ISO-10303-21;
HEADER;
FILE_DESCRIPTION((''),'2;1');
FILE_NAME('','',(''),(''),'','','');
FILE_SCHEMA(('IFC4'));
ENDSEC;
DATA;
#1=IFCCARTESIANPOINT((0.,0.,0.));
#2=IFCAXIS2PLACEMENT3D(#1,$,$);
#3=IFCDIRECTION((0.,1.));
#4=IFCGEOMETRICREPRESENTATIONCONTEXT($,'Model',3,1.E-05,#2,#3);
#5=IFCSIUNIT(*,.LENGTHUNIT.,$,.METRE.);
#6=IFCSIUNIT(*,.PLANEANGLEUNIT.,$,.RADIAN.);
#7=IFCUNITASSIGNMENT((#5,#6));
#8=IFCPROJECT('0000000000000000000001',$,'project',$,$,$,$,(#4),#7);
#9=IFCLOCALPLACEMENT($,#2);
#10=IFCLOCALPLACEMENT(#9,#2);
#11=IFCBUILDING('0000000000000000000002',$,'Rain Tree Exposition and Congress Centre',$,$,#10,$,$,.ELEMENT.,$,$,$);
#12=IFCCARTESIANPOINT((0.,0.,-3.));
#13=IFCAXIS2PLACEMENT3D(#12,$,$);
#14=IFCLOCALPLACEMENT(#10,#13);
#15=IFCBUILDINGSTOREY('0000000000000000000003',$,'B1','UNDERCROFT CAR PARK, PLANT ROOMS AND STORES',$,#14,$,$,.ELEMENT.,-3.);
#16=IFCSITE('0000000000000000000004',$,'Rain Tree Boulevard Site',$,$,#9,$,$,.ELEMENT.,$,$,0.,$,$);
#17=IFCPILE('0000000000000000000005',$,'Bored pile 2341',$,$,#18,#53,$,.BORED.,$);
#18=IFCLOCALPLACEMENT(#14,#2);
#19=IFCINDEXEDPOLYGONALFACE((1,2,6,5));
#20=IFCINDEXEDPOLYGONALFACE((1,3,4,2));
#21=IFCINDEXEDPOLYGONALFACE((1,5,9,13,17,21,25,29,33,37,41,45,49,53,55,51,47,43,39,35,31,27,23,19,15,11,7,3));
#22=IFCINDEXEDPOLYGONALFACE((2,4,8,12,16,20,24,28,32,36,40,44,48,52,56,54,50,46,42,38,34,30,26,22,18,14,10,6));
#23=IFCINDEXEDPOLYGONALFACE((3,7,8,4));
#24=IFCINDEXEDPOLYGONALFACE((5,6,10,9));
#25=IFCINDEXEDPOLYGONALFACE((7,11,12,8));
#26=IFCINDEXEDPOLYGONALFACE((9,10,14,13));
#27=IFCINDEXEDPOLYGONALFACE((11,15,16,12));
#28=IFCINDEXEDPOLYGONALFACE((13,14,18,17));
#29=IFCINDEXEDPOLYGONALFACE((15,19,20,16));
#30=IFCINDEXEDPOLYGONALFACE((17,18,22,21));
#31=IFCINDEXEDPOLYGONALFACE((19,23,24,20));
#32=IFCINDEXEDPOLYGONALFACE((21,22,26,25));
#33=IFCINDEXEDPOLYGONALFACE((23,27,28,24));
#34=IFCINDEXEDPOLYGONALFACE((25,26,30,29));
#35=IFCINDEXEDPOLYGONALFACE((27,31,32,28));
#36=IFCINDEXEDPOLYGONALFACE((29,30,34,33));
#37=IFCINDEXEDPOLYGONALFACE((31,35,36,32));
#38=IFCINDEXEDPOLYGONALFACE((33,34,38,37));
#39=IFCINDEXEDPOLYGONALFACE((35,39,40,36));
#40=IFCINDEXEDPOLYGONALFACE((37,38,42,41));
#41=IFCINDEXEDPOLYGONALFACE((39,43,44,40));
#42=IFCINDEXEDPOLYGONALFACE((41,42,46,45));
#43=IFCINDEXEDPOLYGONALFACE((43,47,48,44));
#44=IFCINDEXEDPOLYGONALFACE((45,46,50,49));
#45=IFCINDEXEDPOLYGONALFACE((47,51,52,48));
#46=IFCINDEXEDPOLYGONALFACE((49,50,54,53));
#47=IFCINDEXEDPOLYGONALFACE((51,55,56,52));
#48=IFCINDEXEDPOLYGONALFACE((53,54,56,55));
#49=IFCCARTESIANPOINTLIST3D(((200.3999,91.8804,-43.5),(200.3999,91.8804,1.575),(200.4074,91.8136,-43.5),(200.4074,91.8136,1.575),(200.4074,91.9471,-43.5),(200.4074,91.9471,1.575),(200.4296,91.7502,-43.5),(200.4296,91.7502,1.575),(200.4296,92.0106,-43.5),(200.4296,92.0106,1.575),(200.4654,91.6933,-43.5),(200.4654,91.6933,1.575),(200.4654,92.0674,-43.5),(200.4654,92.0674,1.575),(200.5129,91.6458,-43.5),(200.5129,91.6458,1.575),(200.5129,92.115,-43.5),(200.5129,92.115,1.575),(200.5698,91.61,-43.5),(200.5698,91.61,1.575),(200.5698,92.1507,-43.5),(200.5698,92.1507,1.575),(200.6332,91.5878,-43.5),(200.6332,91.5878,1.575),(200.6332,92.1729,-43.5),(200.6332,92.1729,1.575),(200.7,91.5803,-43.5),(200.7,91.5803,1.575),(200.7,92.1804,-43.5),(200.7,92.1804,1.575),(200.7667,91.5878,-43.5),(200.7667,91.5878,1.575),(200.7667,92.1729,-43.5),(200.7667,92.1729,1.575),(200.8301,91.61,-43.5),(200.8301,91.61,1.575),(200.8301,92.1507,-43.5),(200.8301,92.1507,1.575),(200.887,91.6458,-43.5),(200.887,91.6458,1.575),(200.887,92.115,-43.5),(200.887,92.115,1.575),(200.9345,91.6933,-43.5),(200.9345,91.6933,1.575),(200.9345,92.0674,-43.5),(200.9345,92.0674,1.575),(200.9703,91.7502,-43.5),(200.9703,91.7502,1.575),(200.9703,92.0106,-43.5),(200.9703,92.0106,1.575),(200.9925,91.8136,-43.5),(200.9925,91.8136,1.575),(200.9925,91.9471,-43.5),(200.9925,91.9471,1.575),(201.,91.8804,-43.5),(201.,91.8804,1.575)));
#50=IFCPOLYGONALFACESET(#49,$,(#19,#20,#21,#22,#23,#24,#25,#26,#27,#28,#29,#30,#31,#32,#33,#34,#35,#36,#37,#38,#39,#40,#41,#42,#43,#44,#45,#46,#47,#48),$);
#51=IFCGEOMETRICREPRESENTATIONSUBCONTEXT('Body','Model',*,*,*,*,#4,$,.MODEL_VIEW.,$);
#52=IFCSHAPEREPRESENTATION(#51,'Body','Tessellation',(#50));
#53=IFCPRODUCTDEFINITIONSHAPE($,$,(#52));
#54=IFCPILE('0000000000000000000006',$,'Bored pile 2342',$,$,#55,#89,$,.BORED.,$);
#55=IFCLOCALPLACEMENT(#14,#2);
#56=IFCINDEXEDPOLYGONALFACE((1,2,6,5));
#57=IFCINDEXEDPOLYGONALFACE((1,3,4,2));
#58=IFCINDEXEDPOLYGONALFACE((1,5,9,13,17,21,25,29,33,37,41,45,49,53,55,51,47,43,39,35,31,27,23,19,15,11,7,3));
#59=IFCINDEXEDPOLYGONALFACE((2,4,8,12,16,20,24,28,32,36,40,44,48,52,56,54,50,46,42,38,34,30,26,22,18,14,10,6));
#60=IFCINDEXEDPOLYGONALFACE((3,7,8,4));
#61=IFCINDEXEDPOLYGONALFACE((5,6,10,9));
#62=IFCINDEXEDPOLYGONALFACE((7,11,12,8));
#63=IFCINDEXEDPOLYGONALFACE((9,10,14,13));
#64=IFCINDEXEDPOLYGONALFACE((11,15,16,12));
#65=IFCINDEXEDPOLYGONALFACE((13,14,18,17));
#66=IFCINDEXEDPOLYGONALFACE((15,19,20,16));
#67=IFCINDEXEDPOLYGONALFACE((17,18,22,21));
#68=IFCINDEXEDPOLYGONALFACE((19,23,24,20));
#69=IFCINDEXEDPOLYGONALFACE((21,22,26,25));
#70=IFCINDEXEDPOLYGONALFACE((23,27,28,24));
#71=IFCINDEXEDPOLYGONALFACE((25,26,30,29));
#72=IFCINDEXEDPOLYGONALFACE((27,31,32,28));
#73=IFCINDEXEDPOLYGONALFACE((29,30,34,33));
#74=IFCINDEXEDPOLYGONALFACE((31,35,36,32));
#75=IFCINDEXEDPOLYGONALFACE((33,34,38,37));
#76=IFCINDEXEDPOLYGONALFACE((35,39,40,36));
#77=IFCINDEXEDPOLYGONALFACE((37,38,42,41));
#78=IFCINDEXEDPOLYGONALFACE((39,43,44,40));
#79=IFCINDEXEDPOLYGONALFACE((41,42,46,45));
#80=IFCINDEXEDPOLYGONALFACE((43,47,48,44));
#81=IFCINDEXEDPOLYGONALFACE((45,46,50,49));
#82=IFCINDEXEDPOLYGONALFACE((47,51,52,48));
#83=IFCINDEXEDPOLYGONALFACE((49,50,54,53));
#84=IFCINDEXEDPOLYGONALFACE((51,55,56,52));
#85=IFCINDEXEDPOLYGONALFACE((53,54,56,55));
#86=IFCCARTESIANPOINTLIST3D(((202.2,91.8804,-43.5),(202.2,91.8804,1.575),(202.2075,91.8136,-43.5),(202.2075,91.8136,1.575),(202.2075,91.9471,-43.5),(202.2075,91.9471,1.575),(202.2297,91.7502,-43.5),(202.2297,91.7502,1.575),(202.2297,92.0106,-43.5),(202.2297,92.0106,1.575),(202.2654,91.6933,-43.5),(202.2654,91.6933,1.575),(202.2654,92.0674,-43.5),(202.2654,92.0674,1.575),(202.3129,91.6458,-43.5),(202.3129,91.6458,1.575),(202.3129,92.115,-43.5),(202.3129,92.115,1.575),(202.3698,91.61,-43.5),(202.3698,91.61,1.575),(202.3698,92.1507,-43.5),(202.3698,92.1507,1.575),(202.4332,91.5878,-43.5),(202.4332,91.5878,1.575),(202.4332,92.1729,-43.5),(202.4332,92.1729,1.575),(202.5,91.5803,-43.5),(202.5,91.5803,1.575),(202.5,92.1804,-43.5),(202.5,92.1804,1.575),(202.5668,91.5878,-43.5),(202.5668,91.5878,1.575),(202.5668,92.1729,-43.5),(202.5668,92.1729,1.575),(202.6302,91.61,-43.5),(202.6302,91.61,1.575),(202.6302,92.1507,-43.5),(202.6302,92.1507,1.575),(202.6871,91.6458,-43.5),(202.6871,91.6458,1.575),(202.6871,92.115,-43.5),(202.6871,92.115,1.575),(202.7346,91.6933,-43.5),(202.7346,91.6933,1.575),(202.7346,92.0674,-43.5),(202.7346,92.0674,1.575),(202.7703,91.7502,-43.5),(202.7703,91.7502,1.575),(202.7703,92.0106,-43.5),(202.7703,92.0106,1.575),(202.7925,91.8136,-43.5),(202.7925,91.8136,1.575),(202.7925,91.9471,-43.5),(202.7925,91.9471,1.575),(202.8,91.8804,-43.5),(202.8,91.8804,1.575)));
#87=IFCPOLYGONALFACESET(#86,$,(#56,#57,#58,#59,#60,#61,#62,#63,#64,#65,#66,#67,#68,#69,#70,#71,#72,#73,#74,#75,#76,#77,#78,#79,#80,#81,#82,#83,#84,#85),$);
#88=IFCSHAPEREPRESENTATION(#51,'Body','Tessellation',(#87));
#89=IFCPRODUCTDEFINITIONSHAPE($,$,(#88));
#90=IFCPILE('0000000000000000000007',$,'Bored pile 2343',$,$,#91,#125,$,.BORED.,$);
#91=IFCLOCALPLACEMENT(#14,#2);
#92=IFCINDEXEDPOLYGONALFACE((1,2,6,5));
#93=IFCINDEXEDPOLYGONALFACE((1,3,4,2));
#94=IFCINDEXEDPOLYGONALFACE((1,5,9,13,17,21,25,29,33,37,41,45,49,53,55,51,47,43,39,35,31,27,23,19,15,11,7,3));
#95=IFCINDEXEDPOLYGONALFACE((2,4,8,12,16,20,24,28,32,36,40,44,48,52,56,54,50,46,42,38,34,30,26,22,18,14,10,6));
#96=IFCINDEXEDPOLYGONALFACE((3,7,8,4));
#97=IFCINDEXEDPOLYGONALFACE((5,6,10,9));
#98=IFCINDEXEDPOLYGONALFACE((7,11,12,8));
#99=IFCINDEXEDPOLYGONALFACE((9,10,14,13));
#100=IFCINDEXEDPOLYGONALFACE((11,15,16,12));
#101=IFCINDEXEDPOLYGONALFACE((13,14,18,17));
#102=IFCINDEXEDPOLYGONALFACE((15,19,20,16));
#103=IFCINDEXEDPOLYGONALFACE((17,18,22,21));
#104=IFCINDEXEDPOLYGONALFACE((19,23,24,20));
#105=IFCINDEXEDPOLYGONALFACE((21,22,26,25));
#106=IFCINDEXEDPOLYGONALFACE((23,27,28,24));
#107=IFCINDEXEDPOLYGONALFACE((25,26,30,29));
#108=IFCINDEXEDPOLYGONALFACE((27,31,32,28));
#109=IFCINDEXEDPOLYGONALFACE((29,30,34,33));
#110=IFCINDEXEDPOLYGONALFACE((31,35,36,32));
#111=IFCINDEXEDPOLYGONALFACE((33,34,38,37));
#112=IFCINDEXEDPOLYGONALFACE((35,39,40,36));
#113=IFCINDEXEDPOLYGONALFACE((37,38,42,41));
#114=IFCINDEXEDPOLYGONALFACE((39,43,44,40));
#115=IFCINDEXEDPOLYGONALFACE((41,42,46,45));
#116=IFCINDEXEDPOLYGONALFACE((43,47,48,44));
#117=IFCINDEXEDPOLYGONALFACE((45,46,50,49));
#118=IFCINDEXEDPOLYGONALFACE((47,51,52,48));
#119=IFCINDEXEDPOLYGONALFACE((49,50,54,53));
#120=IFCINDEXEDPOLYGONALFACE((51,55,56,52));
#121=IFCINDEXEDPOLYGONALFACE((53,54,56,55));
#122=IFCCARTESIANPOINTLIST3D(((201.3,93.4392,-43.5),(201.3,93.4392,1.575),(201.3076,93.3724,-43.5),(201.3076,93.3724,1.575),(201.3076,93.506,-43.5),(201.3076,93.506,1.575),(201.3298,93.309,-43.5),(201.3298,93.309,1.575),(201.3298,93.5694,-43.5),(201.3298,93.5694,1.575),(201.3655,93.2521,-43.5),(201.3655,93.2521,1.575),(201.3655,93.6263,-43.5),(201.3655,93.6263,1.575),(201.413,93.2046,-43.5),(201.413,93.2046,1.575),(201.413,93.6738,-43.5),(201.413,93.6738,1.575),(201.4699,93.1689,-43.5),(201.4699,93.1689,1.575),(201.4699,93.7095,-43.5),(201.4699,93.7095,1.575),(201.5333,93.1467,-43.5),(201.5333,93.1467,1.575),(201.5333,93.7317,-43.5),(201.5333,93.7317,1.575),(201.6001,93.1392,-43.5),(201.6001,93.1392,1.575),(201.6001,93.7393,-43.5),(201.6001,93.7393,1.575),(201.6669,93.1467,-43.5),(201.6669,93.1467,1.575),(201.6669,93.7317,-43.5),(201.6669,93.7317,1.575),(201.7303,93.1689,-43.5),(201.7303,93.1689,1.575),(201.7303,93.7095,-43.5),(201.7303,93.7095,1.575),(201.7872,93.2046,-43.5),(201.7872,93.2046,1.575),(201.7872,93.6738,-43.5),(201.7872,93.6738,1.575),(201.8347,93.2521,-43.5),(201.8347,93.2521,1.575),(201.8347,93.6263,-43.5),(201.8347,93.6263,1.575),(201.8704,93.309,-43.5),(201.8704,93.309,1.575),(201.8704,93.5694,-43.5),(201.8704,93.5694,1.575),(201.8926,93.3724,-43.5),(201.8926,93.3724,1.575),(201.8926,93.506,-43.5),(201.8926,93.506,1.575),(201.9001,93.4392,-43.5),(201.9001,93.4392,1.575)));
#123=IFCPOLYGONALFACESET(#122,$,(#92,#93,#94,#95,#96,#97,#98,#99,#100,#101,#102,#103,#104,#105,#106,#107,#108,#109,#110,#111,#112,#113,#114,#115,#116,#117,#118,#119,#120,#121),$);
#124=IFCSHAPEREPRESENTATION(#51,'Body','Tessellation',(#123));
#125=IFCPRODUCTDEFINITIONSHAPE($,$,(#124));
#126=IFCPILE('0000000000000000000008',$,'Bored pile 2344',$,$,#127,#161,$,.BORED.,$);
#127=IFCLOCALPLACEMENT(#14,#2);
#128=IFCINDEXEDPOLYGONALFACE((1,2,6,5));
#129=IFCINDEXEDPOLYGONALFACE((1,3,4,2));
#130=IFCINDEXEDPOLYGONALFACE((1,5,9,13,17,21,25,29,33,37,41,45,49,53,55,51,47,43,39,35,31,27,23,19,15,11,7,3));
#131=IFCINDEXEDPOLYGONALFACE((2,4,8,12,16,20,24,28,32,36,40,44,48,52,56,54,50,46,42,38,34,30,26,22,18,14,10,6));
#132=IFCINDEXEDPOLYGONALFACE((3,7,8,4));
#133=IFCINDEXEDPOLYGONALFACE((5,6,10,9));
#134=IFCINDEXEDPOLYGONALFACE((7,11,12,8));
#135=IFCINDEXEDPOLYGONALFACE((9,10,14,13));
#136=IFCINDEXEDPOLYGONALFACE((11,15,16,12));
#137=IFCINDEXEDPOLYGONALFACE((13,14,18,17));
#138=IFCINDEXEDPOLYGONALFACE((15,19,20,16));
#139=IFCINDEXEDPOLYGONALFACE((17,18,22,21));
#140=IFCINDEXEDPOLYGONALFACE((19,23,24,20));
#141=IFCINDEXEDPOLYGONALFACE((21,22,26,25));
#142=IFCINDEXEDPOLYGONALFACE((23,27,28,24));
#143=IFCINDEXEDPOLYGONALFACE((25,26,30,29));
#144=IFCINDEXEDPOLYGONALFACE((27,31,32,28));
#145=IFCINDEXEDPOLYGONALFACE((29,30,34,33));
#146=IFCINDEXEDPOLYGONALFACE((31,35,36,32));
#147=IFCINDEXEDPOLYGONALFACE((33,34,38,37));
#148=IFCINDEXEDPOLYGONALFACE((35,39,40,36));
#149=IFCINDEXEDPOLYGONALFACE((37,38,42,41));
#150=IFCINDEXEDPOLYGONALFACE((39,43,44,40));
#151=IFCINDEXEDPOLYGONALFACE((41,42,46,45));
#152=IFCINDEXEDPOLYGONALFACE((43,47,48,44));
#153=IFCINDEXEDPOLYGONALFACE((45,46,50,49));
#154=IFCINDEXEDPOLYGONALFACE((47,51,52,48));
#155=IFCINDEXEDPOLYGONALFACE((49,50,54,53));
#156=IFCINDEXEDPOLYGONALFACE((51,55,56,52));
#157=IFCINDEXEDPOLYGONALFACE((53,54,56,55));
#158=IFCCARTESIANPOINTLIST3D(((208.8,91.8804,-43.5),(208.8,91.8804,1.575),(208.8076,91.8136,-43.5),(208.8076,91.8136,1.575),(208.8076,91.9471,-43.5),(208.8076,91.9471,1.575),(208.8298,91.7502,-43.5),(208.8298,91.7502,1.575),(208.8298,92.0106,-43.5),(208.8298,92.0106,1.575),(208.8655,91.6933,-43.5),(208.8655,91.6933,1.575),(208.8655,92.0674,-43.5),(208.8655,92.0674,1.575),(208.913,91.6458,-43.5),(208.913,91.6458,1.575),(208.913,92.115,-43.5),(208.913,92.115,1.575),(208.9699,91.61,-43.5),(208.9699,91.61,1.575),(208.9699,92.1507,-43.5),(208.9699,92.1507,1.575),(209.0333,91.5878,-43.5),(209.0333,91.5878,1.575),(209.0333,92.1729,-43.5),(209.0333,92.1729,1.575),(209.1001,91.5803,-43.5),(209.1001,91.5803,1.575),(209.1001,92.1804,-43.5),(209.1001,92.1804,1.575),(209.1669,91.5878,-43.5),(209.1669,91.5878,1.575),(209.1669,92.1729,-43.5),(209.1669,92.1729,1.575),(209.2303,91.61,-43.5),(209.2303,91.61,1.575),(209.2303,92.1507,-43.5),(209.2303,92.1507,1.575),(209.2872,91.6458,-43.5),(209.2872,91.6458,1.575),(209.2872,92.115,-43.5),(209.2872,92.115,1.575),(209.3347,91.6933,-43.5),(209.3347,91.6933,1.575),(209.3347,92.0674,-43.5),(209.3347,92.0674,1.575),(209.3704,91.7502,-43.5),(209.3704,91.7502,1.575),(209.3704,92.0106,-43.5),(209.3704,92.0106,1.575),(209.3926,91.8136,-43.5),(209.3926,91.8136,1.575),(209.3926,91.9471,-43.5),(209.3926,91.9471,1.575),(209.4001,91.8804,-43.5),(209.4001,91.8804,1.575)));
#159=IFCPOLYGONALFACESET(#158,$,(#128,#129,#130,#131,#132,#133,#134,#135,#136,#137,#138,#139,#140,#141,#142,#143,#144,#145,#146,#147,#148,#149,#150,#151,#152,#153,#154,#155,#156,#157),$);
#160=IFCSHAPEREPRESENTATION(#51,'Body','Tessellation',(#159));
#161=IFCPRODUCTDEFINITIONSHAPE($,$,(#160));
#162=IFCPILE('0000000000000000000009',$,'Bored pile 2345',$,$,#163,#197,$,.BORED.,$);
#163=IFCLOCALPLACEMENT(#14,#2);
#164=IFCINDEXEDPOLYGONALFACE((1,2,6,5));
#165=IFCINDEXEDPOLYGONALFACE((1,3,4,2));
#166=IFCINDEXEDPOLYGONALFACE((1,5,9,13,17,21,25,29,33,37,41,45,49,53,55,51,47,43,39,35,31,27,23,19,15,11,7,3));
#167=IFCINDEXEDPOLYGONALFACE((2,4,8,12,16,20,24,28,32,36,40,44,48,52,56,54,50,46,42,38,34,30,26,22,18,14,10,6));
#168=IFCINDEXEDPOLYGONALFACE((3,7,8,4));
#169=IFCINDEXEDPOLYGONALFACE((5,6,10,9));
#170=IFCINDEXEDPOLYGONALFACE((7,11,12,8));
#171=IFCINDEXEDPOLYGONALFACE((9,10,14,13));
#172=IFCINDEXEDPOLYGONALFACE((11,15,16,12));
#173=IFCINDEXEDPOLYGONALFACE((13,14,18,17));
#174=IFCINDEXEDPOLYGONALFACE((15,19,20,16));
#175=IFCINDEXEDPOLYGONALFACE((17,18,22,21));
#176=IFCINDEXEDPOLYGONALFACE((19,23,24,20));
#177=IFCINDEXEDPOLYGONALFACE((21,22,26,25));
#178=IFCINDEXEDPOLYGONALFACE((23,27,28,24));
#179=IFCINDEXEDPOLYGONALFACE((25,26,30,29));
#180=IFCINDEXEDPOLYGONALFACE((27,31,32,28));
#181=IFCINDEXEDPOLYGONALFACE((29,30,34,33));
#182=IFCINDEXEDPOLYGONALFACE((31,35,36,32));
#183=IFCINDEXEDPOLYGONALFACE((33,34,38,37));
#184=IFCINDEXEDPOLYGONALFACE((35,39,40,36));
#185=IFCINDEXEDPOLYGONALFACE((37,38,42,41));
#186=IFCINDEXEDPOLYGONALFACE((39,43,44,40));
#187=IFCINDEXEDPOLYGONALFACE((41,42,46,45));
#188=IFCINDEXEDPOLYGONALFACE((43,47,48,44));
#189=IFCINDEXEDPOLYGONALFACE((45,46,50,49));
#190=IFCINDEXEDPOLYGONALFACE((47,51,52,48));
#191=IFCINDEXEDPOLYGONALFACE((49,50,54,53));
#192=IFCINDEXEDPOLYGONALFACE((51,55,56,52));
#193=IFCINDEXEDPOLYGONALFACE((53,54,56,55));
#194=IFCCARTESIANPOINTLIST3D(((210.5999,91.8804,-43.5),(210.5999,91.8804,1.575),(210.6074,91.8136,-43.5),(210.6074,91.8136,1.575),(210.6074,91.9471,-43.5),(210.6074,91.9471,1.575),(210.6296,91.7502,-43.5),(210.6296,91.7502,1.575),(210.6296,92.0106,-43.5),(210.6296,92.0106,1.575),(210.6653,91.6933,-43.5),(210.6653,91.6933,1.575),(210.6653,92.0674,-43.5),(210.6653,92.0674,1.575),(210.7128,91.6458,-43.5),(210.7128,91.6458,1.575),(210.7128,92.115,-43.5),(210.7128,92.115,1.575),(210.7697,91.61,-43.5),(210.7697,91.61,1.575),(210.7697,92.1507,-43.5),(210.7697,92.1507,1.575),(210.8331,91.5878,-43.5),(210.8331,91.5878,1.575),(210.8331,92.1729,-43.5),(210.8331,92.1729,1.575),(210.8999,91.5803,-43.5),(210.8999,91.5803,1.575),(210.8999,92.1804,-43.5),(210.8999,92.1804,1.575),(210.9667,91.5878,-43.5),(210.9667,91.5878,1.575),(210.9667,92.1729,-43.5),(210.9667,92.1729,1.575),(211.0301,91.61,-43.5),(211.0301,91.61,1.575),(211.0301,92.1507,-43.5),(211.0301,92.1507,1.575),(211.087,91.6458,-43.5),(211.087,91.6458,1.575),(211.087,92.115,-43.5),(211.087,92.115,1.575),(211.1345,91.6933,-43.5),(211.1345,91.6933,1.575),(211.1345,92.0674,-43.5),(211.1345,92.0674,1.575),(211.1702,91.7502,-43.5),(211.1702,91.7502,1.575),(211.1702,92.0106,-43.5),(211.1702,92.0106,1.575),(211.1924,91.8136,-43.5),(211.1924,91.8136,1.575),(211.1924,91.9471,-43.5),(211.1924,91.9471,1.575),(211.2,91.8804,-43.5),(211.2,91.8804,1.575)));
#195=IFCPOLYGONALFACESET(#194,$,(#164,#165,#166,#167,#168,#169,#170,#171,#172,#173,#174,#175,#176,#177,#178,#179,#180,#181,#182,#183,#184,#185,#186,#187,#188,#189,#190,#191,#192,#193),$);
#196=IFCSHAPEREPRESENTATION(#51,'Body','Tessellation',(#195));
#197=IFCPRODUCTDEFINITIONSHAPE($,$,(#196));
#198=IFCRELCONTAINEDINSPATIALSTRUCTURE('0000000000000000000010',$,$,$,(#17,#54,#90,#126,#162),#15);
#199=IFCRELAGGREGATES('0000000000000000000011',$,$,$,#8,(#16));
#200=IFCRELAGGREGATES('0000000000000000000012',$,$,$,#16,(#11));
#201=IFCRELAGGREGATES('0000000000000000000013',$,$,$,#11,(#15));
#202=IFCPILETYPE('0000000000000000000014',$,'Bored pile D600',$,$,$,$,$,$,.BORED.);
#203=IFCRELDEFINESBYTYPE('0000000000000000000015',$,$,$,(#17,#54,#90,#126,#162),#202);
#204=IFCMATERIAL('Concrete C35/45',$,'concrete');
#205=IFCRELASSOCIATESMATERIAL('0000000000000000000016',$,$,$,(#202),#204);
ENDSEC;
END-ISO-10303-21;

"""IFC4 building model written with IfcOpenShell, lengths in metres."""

from ifc_helpers import new_model, si_unit, direction, frame, origin, origin_2d, place, context, subcontext, project, spatial, circle, extrude, material, material_profile, profile_set, type_object, element, save


model = new_model("IFC4")

# Units and contexts
model_context = context("Model", 3, precision=1e-05, world=origin(), true_north=direction((0.0, 1.0)))
body_context = subcontext(model_context, "Body", "Model", "MODEL_VIEW")
ifc_project = project(units=[si_unit("LENGTHUNIT", "METRE"), si_unit("PLANEANGLEUNIT", "RADIAN")], contexts=[model_context])

# Site, building, storey
site_placement = place(None, origin())
site = spatial("IfcSite", under=ifc_project, at=site_placement, Name="Rain Tree Boulevard Site", CompositionType="ELEMENT", RefElevation=0.0)
building_placement = place(site_placement, origin())
building = spatial("IfcBuilding", under=site, at=building_placement, Name="Rain Tree Exposition and Congress Centre", CompositionType="ELEMENT")
storey_placement = place(building_placement, frame((0.0, 0.0, -3.0)))
storey = spatial("IfcBuildingStorey", under=building, at=storey_placement, Name="B1", Description="UNDERCROFT CAR PARK, PLANT ROOMS AND STORES", CompositionType="ELEMENT", Elevation=-3.0)

# Piles
ifc_material_1 = material(Name="Concrete C35/45", Category="concrete")
ifc_material_profile_1 = material_profile(ifc_material_1, circle(Radius=0.3, at=origin_2d()), Name="D600")
ifc_profile_set_1 = profile_set([ifc_material_profile_1], Name="Concrete C35/45")
pile_type_1 = type_object("IfcPileType", Name="Bored pile D600", PredefinedType="BORED", material=ifc_profile_set_1)
for number, where, z_axis, x_axis, name in (
    (1, (200.7, 91.8804, 1.575), (0.0, 0.0, -1.0), (1.0, 0.0, 0.0), "Bored pile 2341"),
    (2, (202.5, 91.8804, 1.575), (0.0, 0.0, -1.0), (1.0, 0.0, 0.0), "Bored pile 2342"),
    (3, (201.6001, 93.4392, 1.575), (0.0, 0.0, -1.0), (1.0, 0.0, 0.0), "Bored pile 2343"),
    (4, (209.1001, 91.8804, 1.575), (0.0, 0.0, -1.0), (1.0, 0.0, 0.0), "Bored pile 2344"),
    (5, (210.8999, 91.8804, 1.575), (0.0, 0.0, -1.0), (1.0, 0.0, 0.0), "Bored pile 2345"),
):
    element("IfcPile", number, at=place(storey_placement, frame(where, z_axis=z_axis, x_axis=x_axis)), inside=storey, type_object=pile_type_1, Name=name, PredefinedType="BORED", context=body_context, shape_type="SweptSolid", body=[
        extrude(circle(Radius=0.3, at=origin_2d()), origin(), (0.0, 0.0, 1.0), 45.075),
    ])

save(model, "model.ifc")
